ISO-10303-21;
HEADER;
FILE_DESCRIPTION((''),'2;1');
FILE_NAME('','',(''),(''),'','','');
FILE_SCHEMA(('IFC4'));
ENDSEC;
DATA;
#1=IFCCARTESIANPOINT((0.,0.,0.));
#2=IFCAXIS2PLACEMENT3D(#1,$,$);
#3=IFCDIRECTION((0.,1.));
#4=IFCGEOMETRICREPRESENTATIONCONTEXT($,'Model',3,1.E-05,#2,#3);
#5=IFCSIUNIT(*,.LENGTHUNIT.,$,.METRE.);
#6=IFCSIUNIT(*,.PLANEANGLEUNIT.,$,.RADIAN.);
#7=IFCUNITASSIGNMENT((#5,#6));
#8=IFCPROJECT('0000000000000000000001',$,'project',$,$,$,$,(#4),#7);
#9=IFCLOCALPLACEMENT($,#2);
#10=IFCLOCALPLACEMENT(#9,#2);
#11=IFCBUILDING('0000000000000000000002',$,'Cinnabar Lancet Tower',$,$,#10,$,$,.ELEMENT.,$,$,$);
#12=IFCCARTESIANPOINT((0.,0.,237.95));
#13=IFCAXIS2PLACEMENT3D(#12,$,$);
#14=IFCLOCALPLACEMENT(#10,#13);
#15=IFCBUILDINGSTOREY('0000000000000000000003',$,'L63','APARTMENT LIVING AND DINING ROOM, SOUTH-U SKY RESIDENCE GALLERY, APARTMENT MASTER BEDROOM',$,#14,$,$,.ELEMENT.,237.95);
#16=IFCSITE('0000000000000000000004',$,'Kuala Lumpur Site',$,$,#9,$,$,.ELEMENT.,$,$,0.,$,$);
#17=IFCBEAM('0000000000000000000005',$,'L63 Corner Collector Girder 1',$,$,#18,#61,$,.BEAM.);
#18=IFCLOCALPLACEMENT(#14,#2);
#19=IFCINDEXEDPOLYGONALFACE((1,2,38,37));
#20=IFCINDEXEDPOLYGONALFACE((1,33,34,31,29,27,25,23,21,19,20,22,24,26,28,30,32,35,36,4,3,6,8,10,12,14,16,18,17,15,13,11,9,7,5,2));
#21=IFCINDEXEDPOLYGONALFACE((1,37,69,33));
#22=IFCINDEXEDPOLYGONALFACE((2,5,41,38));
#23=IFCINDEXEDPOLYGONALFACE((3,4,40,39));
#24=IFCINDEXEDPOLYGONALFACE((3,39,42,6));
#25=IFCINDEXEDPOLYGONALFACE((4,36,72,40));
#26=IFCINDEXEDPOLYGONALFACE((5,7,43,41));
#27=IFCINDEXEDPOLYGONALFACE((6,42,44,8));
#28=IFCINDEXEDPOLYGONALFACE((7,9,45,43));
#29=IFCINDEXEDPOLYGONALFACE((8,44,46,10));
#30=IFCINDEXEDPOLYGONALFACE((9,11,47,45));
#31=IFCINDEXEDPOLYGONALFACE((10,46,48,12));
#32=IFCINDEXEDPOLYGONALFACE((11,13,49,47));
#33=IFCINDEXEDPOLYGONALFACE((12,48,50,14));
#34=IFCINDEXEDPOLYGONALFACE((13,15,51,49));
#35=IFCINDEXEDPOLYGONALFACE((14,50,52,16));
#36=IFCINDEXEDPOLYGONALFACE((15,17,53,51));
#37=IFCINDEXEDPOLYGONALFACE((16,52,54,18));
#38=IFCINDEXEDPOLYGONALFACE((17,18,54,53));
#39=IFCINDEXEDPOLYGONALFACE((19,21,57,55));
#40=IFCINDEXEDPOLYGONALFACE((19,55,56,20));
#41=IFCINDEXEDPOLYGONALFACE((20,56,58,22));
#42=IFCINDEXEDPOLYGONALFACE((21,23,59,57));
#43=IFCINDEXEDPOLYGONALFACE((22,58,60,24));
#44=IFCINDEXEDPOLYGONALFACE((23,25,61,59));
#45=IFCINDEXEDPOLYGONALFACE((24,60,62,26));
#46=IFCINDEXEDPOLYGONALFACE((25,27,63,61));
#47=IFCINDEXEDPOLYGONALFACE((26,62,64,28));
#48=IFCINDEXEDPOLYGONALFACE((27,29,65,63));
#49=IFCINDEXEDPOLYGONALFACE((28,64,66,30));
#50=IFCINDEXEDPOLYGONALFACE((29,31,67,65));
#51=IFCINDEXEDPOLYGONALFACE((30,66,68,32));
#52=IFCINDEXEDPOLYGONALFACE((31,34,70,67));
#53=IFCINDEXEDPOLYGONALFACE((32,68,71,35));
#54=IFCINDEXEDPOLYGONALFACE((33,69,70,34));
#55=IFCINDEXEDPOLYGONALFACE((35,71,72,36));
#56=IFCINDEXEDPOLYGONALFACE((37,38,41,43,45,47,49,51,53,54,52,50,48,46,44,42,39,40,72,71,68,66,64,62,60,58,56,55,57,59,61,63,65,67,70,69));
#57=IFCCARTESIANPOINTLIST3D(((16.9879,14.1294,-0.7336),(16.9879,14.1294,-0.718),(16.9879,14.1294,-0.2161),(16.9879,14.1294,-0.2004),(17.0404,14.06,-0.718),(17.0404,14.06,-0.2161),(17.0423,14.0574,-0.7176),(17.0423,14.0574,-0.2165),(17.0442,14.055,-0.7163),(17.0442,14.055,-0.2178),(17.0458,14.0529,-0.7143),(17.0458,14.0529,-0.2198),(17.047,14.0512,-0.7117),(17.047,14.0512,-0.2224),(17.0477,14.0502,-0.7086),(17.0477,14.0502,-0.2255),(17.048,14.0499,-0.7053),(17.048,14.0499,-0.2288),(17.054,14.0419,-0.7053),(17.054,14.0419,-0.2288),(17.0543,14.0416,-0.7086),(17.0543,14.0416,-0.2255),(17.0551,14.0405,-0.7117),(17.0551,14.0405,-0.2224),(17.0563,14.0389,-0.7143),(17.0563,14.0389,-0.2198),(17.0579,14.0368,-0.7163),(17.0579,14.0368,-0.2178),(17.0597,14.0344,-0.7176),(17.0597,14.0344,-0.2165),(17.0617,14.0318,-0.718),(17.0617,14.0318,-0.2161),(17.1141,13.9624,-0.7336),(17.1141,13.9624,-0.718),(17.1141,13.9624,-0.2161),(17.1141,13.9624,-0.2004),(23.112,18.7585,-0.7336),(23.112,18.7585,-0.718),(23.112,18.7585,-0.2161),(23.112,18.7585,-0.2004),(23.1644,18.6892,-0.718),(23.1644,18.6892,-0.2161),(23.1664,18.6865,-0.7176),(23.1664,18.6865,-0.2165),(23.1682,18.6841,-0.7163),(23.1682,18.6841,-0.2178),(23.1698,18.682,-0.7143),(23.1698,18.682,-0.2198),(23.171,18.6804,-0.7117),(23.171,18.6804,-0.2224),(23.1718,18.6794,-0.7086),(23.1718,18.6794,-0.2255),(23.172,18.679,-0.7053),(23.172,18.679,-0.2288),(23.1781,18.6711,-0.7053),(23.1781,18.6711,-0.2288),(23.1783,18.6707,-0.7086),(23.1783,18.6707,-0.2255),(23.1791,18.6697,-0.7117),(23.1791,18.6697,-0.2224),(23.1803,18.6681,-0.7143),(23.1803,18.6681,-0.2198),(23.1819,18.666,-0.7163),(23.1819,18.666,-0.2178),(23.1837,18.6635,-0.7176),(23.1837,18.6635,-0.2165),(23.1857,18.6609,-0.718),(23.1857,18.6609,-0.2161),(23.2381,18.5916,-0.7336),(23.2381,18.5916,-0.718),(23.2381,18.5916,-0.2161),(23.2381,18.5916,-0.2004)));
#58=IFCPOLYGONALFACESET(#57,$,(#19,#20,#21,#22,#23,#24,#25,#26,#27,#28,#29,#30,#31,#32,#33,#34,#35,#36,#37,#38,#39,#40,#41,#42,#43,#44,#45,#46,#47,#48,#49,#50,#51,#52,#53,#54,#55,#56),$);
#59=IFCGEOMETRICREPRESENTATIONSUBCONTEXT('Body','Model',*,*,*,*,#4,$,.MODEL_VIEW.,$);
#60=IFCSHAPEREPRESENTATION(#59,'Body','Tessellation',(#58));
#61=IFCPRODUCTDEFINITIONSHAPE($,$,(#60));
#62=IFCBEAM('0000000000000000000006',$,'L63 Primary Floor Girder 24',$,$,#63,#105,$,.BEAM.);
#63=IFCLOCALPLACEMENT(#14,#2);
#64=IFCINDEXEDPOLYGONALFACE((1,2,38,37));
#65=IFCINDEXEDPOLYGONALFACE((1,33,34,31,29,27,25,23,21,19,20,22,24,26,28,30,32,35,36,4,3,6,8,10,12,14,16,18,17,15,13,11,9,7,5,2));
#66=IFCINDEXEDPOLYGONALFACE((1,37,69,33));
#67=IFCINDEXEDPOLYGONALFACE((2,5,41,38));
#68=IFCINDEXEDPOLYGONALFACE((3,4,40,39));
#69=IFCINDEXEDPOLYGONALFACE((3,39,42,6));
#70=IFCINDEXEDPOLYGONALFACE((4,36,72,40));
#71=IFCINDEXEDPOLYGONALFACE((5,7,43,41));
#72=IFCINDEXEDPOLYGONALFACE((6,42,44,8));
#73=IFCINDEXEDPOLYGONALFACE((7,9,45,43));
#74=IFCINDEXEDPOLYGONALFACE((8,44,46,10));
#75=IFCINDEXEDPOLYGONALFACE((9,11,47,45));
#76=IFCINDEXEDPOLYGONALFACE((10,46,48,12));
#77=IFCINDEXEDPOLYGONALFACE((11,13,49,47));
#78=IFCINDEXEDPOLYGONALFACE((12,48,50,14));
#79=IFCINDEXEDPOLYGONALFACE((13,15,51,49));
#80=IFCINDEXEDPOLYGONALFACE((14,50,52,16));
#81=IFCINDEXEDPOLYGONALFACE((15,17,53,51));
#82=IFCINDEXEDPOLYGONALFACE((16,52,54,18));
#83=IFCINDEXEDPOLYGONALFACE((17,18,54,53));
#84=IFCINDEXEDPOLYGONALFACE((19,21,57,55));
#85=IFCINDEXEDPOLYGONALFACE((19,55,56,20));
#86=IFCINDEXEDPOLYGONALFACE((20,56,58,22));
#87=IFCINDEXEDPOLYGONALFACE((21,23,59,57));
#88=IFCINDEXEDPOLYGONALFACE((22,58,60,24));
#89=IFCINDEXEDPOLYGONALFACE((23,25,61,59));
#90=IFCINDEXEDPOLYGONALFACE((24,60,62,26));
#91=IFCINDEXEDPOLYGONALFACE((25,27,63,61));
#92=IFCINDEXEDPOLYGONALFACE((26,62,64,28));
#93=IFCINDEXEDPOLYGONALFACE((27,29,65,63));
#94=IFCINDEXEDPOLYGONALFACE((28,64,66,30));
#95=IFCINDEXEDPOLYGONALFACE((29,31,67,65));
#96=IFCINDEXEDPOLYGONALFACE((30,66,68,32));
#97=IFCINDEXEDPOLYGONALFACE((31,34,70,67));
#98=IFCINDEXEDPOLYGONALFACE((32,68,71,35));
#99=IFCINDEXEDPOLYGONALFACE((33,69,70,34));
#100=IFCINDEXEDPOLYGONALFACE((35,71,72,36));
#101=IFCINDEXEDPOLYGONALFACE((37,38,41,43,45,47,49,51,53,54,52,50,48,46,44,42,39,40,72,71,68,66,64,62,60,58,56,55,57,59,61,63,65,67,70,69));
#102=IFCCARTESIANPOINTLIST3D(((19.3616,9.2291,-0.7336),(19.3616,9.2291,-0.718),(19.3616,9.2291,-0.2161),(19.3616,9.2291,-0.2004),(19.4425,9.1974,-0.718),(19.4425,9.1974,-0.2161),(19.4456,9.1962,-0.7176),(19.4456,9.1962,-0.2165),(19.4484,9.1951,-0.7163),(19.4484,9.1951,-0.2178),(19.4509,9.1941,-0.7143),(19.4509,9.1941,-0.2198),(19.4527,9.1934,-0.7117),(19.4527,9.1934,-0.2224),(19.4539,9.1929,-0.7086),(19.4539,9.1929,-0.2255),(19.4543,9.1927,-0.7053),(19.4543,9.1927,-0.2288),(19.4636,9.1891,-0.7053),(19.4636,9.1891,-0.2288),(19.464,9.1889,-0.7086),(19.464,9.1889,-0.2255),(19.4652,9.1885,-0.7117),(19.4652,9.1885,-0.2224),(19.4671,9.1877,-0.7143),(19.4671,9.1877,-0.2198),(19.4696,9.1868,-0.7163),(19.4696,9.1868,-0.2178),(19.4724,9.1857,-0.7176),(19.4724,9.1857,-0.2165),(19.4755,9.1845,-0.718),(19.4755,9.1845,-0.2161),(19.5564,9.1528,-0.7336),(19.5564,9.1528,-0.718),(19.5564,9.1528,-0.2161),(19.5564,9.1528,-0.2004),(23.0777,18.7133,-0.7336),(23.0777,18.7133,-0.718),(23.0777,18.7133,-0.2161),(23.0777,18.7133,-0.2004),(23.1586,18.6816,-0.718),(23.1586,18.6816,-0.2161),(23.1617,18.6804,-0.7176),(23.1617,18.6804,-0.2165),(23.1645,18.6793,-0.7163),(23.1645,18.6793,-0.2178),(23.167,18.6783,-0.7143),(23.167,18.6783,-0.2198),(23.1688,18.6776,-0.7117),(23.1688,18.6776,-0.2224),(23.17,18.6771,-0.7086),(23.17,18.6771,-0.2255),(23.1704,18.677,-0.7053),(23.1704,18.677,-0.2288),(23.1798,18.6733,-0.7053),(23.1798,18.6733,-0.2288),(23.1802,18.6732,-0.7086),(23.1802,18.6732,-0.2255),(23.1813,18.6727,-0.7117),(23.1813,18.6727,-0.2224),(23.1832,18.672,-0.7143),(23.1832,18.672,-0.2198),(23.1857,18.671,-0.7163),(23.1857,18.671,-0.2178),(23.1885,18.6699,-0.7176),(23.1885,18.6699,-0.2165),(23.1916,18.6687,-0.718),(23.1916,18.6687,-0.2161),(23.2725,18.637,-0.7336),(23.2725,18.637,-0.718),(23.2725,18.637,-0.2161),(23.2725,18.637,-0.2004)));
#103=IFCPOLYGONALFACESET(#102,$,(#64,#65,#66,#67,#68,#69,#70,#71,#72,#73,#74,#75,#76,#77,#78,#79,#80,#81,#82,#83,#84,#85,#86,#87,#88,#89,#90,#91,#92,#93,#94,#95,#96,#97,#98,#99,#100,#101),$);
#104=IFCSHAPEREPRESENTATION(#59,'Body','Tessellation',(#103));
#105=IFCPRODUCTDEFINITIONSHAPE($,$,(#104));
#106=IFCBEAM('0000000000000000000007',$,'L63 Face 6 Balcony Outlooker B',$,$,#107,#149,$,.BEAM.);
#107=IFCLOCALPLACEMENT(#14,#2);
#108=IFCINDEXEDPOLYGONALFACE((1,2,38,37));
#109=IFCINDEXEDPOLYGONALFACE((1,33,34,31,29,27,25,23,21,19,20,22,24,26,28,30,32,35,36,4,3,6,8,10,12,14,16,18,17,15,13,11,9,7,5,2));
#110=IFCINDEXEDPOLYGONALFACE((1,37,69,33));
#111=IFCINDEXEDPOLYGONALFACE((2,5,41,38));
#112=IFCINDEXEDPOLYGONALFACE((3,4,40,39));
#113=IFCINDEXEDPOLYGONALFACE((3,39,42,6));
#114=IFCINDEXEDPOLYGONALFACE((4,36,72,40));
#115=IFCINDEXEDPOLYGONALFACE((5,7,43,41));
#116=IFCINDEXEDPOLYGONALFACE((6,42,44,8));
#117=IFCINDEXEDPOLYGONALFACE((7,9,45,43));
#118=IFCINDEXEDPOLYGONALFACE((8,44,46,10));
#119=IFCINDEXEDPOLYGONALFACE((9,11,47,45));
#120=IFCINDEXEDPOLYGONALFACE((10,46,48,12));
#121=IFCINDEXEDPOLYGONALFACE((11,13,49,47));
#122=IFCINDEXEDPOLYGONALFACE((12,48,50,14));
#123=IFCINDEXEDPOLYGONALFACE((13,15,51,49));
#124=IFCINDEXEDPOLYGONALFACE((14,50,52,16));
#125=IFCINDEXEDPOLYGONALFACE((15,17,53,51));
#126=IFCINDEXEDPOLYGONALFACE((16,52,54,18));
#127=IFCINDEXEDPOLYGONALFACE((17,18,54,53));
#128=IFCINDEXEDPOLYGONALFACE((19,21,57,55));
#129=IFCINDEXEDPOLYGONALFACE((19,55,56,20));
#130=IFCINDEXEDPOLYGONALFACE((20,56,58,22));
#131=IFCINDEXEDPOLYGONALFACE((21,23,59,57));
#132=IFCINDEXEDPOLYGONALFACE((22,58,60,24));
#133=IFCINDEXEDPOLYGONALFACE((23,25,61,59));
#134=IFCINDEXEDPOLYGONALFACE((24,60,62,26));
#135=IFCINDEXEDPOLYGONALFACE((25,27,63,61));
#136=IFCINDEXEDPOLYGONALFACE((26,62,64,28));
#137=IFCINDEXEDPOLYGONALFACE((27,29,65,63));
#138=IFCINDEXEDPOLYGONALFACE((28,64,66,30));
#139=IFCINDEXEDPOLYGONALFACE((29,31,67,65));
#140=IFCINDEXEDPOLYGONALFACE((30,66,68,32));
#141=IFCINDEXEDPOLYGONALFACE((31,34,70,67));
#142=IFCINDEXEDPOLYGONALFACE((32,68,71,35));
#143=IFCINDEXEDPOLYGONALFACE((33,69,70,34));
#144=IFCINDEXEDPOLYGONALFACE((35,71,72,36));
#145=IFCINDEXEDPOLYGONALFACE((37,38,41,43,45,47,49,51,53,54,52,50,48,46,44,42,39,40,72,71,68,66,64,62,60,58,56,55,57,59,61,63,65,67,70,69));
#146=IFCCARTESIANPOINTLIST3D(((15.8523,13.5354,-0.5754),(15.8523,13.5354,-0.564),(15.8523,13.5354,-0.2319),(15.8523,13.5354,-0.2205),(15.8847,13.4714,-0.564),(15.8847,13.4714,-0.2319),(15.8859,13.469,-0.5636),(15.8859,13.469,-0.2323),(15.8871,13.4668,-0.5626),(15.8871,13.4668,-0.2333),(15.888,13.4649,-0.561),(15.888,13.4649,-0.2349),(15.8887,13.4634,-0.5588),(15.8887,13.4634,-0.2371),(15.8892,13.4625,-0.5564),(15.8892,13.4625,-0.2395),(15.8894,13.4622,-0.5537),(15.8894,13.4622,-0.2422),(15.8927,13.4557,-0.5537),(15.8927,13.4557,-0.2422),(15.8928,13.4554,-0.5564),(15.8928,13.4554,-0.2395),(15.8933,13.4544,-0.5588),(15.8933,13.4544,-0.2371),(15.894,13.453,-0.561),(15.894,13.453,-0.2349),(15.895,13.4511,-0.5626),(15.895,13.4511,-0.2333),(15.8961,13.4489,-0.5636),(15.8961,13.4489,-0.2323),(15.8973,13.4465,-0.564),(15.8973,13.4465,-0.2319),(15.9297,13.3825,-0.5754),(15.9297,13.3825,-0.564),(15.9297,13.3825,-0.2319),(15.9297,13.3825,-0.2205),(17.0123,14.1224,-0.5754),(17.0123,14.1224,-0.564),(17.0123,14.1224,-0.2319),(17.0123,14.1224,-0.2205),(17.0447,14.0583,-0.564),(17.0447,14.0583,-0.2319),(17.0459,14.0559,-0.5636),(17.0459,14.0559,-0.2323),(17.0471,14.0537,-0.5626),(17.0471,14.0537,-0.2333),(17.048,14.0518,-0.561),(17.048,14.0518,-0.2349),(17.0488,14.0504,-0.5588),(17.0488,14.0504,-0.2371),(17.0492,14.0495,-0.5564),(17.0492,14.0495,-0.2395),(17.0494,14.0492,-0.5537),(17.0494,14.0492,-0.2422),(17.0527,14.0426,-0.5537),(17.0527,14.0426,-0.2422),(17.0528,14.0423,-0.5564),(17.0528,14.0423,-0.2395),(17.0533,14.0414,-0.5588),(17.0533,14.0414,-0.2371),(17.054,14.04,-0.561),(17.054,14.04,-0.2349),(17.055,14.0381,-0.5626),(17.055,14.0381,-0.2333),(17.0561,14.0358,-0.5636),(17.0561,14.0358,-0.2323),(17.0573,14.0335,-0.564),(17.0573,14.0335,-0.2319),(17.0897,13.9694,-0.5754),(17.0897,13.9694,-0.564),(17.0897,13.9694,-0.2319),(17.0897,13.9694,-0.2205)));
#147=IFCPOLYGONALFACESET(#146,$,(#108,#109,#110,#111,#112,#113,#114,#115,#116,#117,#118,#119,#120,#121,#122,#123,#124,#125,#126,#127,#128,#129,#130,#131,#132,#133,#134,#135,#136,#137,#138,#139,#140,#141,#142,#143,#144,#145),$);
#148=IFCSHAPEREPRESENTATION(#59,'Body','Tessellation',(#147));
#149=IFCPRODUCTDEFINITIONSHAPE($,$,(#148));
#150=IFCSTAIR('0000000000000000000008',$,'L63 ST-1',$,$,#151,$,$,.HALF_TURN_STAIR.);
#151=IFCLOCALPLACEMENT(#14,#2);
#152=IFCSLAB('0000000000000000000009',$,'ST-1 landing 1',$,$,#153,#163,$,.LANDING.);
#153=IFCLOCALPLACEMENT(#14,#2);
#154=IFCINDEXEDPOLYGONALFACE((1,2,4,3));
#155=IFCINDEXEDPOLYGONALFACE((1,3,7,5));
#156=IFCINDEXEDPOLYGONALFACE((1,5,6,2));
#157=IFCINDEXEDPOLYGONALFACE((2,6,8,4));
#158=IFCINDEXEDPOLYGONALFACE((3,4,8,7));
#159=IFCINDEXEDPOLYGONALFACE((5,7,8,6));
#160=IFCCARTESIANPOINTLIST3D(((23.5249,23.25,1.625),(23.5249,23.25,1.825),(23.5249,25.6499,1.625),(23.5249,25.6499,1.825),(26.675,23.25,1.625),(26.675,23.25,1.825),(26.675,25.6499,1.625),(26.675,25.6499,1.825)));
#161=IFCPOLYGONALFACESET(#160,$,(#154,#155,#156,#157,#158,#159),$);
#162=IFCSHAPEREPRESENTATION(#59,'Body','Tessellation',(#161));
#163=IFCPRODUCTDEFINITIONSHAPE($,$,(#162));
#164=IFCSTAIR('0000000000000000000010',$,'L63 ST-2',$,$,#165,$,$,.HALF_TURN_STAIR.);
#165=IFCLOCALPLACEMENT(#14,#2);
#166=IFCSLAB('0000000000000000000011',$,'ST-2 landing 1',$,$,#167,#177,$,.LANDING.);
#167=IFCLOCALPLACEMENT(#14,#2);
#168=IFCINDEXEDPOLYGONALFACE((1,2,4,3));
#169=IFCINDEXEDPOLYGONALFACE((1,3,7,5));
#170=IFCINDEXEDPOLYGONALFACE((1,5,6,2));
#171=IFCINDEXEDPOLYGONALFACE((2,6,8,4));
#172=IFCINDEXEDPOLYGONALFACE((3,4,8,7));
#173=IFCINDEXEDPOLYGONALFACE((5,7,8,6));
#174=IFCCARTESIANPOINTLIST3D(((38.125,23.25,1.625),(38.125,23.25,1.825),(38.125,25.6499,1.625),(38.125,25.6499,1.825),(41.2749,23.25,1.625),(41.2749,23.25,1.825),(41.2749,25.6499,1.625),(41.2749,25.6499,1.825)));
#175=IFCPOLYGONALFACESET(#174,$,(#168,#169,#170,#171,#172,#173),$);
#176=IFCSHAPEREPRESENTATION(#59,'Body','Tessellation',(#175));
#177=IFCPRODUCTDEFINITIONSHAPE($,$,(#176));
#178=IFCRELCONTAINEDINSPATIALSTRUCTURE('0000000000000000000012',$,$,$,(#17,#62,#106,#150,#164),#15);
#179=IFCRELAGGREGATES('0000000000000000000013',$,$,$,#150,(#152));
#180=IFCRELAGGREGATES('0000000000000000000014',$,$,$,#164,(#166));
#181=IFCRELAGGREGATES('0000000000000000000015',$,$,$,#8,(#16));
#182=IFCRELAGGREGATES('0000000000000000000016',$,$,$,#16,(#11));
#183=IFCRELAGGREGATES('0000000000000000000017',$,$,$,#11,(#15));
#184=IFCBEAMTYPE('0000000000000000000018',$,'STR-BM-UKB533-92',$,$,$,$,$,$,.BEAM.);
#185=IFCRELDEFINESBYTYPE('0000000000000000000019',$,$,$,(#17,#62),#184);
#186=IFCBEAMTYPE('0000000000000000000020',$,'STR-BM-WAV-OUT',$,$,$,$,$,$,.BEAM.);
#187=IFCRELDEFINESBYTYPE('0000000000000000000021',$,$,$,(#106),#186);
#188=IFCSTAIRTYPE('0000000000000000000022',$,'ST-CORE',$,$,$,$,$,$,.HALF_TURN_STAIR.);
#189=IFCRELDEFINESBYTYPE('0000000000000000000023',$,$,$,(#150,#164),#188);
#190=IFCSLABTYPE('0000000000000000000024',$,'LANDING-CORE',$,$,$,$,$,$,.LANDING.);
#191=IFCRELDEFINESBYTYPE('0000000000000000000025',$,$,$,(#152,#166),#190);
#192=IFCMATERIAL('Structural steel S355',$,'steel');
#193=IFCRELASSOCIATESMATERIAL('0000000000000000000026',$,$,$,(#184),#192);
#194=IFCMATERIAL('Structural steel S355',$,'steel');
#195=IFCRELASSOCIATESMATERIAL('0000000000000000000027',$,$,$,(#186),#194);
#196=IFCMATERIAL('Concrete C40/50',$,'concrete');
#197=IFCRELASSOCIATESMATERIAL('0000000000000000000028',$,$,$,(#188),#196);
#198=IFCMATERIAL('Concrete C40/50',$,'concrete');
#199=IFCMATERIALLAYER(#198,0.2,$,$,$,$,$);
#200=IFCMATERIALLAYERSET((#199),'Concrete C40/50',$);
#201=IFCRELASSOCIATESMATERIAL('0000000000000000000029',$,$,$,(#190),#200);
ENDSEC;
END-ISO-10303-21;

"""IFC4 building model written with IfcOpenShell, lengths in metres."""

from ifc_helpers import new_model, si_unit, direction, frame, origin, origin_2d, place, context, subcontext, project, spatial, polyline, i_section, outline, extrude, material, layer, layer_set, material_profile, profile_set, type_object, element, aggregate, save


model = new_model("IFC4")

# Units and contexts
model_context = context("Model", 3, precision=1e-05, world=origin(), true_north=direction((0.0, 1.0)))
body_context = subcontext(model_context, "Body", "Model", "MODEL_VIEW")
ifc_project = project(units=[si_unit("LENGTHUNIT", "METRE"), si_unit("PLANEANGLEUNIT", "RADIAN")], contexts=[model_context])

# Site, building, storey
site_placement = place(None, origin())
site = spatial("IfcSite", under=ifc_project, at=site_placement, Name="Kuala Lumpur Site", CompositionType="ELEMENT", RefElevation=0.0)
building_placement = place(site_placement, origin())
building = spatial("IfcBuilding", under=site, at=building_placement, Name="Cinnabar Lancet Tower", CompositionType="ELEMENT")
storey_placement = place(building_placement, frame((0.0, 0.0, 237.95)))
storey = spatial("IfcBuildingStorey", under=building, at=storey_placement, Name="L63", Description="APARTMENT LIVING AND DINING ROOM, SOUTH-U SKY RESIDENCE GALLERY, APARTMENT MASTER BEDROOM", CompositionType="ELEMENT", Elevation=237.95)

# Beams
ifc_material_1 = material(Name="Structural steel S355", Category="steel")
ifc_material_profile_1 = material_profile(ifc_material_1, i_section(OverallWidth=0.2092, OverallDepth=0.5332, WebThickness=0.01, FlangeThickness=0.0156, FilletRadius=0.0127, at=origin_2d()), Name="UKB 533x210x92")
ifc_profile_set_1 = profile_set([ifc_material_profile_1], Name="Structural steel S355")
beam_type_1 = type_object("IfcBeamType", Name="STR-BM-UKB533-92", PredefinedType="BEAM", material=ifc_profile_set_1)
beam_1_placement = place(storey_placement, frame((17.051, 14.0459, -0.467), z_axis=(0.797735, 0.603008, 0.0), x_axis=(-0.603008, 0.797735, 0.0)))
element("IfcBeam", 1, at=beam_1_placement, inside=storey, type_object=beam_type_1, Name="L63 Corner Collector Girder 1", PredefinedType="BEAM", context=body_context, shape_type="SweptSolid", body=[
    extrude(i_section(OverallWidth=0.2092, OverallDepth=0.5332, WebThickness=0.01, FlangeThickness=0.0156, FilletRadius=0.0127, at=origin_2d()), origin(), (0.0, 0.0, 1.0), 7.6768),
])
beam_2_placement = place(storey_placement, frame((19.459, 9.1909, -0.467), z_axis=(0.364815, 0.93108, 0.0), x_axis=(-0.93108, 0.364815, 0.0)))
element("IfcBeam", 2, at=beam_2_placement, inside=storey, type_object=beam_type_1, Name="L63 Primary Floor Girder 24", PredefinedType="BEAM", context=body_context, shape_type="SweptSolid", body=[
    extrude(i_section(OverallWidth=0.2092, OverallDepth=0.5332, WebThickness=0.01, FlangeThickness=0.0156, FilletRadius=0.0127, at=origin_2d()), origin(), (0.0, 0.0, 1.0), 10.1863),
])
ifc_material_2 = material(Name="Structural steel S355", Category="steel")
ifc_material_profile_2 = material_profile(ifc_material_2, i_section(OverallWidth=0.1714, OverallDepth=0.355, WebThickness=0.0073, FlangeThickness=0.0115, FilletRadius=0.0103, at=origin_2d()), Name="UKB 356x171x51")
ifc_profile_set_2 = profile_set([ifc_material_profile_2], Name="Structural steel S355")
beam_type_2 = type_object("IfcBeamType", Name="STR-BM-WAV-OUT", PredefinedType="BEAM", material=ifc_profile_set_2)
beam_3_placement = place(storey_placement, frame((17.051, 14.0459, -0.3979), z_axis=(-0.892276, -0.45149, 0.0), x_axis=(0.45149, -0.892276, 0.0)))
element("IfcBeam", 3, at=beam_3_placement, inside=storey, type_object=beam_type_2, Name="L63 Face 6 Balcony Outlooker B", PredefinedType="BEAM", context=body_context, shape_type="SweptSolid", body=[
    extrude(i_section(OverallWidth=0.1714, OverallDepth=0.355, WebThickness=0.0073, FlangeThickness=0.0115, FilletRadius=0.0103, at=origin_2d()), origin(), (0.0, 0.0, 1.0), 1.3),
])

# Stairs, slabs
ifc_material_3 = material(Name="Concrete C40/50", Category="concrete")
stair_type = type_object("IfcStairType", Name="ST-CORE", PredefinedType="HALF_TURN_STAIR", material=ifc_material_3)
stair_1_placement = place(storey_placement, origin())
stair_1 = element("IfcStair", 4, at=stair_1_placement, inside=storey, type_object=stair_type, Name="L63 ST-1", PredefinedType="HALF_TURN_STAIR")
ifc_material_4 = material(Name="Concrete C40/50", Category="concrete")
ifc_layer_1 = layer(ifc_material_4, 0.2)
ifc_layer_set_1 = layer_set([ifc_layer_1], Name="Concrete C40/50")
slab_type_1 = type_object("IfcSlabType", Name="LANDING-CORE", PredefinedType="LANDING", material=ifc_layer_set_1)
slab_1_placement = place(storey_placement, frame((0.0, 0.0, 1.625)))
slab_1 = element("IfcSlab", 5, at=slab_1_placement, type_object=slab_type_1, Name="ST-1 landing 1", PredefinedType="LANDING", context=body_context, shape_type="SweptSolid", body=[
    extrude(outline(polyline([(23.5249, 25.6499), (23.5249, 23.25), (26.675, 23.25), (26.675, 25.6499), (23.5249, 25.6499)])), origin(), (0.0, 0.0, 1.0), 0.2),
])
aggregate(stair_1, [slab_1])
stair_2_placement = place(storey_placement, origin())
stair_2 = element("IfcStair", 6, at=stair_2_placement, inside=storey, type_object=stair_type, Name="L63 ST-2", PredefinedType="HALF_TURN_STAIR")
slab_2_placement = place(storey_placement, frame((0.0, 0.0, 1.625)))
slab_2 = element("IfcSlab", 7, at=slab_2_placement, type_object=slab_type_1, Name="ST-2 landing 1", PredefinedType="LANDING", context=body_context, shape_type="SweptSolid", body=[
    extrude(outline(polyline([(38.125, 25.6499), (38.125, 23.25), (41.2749, 23.25), (41.2749, 25.6499), (38.125, 25.6499)])), origin(), (0.0, 0.0, 1.0), 0.2),
])
aggregate(stair_2, [slab_2])

save(model, "model.ifc")
